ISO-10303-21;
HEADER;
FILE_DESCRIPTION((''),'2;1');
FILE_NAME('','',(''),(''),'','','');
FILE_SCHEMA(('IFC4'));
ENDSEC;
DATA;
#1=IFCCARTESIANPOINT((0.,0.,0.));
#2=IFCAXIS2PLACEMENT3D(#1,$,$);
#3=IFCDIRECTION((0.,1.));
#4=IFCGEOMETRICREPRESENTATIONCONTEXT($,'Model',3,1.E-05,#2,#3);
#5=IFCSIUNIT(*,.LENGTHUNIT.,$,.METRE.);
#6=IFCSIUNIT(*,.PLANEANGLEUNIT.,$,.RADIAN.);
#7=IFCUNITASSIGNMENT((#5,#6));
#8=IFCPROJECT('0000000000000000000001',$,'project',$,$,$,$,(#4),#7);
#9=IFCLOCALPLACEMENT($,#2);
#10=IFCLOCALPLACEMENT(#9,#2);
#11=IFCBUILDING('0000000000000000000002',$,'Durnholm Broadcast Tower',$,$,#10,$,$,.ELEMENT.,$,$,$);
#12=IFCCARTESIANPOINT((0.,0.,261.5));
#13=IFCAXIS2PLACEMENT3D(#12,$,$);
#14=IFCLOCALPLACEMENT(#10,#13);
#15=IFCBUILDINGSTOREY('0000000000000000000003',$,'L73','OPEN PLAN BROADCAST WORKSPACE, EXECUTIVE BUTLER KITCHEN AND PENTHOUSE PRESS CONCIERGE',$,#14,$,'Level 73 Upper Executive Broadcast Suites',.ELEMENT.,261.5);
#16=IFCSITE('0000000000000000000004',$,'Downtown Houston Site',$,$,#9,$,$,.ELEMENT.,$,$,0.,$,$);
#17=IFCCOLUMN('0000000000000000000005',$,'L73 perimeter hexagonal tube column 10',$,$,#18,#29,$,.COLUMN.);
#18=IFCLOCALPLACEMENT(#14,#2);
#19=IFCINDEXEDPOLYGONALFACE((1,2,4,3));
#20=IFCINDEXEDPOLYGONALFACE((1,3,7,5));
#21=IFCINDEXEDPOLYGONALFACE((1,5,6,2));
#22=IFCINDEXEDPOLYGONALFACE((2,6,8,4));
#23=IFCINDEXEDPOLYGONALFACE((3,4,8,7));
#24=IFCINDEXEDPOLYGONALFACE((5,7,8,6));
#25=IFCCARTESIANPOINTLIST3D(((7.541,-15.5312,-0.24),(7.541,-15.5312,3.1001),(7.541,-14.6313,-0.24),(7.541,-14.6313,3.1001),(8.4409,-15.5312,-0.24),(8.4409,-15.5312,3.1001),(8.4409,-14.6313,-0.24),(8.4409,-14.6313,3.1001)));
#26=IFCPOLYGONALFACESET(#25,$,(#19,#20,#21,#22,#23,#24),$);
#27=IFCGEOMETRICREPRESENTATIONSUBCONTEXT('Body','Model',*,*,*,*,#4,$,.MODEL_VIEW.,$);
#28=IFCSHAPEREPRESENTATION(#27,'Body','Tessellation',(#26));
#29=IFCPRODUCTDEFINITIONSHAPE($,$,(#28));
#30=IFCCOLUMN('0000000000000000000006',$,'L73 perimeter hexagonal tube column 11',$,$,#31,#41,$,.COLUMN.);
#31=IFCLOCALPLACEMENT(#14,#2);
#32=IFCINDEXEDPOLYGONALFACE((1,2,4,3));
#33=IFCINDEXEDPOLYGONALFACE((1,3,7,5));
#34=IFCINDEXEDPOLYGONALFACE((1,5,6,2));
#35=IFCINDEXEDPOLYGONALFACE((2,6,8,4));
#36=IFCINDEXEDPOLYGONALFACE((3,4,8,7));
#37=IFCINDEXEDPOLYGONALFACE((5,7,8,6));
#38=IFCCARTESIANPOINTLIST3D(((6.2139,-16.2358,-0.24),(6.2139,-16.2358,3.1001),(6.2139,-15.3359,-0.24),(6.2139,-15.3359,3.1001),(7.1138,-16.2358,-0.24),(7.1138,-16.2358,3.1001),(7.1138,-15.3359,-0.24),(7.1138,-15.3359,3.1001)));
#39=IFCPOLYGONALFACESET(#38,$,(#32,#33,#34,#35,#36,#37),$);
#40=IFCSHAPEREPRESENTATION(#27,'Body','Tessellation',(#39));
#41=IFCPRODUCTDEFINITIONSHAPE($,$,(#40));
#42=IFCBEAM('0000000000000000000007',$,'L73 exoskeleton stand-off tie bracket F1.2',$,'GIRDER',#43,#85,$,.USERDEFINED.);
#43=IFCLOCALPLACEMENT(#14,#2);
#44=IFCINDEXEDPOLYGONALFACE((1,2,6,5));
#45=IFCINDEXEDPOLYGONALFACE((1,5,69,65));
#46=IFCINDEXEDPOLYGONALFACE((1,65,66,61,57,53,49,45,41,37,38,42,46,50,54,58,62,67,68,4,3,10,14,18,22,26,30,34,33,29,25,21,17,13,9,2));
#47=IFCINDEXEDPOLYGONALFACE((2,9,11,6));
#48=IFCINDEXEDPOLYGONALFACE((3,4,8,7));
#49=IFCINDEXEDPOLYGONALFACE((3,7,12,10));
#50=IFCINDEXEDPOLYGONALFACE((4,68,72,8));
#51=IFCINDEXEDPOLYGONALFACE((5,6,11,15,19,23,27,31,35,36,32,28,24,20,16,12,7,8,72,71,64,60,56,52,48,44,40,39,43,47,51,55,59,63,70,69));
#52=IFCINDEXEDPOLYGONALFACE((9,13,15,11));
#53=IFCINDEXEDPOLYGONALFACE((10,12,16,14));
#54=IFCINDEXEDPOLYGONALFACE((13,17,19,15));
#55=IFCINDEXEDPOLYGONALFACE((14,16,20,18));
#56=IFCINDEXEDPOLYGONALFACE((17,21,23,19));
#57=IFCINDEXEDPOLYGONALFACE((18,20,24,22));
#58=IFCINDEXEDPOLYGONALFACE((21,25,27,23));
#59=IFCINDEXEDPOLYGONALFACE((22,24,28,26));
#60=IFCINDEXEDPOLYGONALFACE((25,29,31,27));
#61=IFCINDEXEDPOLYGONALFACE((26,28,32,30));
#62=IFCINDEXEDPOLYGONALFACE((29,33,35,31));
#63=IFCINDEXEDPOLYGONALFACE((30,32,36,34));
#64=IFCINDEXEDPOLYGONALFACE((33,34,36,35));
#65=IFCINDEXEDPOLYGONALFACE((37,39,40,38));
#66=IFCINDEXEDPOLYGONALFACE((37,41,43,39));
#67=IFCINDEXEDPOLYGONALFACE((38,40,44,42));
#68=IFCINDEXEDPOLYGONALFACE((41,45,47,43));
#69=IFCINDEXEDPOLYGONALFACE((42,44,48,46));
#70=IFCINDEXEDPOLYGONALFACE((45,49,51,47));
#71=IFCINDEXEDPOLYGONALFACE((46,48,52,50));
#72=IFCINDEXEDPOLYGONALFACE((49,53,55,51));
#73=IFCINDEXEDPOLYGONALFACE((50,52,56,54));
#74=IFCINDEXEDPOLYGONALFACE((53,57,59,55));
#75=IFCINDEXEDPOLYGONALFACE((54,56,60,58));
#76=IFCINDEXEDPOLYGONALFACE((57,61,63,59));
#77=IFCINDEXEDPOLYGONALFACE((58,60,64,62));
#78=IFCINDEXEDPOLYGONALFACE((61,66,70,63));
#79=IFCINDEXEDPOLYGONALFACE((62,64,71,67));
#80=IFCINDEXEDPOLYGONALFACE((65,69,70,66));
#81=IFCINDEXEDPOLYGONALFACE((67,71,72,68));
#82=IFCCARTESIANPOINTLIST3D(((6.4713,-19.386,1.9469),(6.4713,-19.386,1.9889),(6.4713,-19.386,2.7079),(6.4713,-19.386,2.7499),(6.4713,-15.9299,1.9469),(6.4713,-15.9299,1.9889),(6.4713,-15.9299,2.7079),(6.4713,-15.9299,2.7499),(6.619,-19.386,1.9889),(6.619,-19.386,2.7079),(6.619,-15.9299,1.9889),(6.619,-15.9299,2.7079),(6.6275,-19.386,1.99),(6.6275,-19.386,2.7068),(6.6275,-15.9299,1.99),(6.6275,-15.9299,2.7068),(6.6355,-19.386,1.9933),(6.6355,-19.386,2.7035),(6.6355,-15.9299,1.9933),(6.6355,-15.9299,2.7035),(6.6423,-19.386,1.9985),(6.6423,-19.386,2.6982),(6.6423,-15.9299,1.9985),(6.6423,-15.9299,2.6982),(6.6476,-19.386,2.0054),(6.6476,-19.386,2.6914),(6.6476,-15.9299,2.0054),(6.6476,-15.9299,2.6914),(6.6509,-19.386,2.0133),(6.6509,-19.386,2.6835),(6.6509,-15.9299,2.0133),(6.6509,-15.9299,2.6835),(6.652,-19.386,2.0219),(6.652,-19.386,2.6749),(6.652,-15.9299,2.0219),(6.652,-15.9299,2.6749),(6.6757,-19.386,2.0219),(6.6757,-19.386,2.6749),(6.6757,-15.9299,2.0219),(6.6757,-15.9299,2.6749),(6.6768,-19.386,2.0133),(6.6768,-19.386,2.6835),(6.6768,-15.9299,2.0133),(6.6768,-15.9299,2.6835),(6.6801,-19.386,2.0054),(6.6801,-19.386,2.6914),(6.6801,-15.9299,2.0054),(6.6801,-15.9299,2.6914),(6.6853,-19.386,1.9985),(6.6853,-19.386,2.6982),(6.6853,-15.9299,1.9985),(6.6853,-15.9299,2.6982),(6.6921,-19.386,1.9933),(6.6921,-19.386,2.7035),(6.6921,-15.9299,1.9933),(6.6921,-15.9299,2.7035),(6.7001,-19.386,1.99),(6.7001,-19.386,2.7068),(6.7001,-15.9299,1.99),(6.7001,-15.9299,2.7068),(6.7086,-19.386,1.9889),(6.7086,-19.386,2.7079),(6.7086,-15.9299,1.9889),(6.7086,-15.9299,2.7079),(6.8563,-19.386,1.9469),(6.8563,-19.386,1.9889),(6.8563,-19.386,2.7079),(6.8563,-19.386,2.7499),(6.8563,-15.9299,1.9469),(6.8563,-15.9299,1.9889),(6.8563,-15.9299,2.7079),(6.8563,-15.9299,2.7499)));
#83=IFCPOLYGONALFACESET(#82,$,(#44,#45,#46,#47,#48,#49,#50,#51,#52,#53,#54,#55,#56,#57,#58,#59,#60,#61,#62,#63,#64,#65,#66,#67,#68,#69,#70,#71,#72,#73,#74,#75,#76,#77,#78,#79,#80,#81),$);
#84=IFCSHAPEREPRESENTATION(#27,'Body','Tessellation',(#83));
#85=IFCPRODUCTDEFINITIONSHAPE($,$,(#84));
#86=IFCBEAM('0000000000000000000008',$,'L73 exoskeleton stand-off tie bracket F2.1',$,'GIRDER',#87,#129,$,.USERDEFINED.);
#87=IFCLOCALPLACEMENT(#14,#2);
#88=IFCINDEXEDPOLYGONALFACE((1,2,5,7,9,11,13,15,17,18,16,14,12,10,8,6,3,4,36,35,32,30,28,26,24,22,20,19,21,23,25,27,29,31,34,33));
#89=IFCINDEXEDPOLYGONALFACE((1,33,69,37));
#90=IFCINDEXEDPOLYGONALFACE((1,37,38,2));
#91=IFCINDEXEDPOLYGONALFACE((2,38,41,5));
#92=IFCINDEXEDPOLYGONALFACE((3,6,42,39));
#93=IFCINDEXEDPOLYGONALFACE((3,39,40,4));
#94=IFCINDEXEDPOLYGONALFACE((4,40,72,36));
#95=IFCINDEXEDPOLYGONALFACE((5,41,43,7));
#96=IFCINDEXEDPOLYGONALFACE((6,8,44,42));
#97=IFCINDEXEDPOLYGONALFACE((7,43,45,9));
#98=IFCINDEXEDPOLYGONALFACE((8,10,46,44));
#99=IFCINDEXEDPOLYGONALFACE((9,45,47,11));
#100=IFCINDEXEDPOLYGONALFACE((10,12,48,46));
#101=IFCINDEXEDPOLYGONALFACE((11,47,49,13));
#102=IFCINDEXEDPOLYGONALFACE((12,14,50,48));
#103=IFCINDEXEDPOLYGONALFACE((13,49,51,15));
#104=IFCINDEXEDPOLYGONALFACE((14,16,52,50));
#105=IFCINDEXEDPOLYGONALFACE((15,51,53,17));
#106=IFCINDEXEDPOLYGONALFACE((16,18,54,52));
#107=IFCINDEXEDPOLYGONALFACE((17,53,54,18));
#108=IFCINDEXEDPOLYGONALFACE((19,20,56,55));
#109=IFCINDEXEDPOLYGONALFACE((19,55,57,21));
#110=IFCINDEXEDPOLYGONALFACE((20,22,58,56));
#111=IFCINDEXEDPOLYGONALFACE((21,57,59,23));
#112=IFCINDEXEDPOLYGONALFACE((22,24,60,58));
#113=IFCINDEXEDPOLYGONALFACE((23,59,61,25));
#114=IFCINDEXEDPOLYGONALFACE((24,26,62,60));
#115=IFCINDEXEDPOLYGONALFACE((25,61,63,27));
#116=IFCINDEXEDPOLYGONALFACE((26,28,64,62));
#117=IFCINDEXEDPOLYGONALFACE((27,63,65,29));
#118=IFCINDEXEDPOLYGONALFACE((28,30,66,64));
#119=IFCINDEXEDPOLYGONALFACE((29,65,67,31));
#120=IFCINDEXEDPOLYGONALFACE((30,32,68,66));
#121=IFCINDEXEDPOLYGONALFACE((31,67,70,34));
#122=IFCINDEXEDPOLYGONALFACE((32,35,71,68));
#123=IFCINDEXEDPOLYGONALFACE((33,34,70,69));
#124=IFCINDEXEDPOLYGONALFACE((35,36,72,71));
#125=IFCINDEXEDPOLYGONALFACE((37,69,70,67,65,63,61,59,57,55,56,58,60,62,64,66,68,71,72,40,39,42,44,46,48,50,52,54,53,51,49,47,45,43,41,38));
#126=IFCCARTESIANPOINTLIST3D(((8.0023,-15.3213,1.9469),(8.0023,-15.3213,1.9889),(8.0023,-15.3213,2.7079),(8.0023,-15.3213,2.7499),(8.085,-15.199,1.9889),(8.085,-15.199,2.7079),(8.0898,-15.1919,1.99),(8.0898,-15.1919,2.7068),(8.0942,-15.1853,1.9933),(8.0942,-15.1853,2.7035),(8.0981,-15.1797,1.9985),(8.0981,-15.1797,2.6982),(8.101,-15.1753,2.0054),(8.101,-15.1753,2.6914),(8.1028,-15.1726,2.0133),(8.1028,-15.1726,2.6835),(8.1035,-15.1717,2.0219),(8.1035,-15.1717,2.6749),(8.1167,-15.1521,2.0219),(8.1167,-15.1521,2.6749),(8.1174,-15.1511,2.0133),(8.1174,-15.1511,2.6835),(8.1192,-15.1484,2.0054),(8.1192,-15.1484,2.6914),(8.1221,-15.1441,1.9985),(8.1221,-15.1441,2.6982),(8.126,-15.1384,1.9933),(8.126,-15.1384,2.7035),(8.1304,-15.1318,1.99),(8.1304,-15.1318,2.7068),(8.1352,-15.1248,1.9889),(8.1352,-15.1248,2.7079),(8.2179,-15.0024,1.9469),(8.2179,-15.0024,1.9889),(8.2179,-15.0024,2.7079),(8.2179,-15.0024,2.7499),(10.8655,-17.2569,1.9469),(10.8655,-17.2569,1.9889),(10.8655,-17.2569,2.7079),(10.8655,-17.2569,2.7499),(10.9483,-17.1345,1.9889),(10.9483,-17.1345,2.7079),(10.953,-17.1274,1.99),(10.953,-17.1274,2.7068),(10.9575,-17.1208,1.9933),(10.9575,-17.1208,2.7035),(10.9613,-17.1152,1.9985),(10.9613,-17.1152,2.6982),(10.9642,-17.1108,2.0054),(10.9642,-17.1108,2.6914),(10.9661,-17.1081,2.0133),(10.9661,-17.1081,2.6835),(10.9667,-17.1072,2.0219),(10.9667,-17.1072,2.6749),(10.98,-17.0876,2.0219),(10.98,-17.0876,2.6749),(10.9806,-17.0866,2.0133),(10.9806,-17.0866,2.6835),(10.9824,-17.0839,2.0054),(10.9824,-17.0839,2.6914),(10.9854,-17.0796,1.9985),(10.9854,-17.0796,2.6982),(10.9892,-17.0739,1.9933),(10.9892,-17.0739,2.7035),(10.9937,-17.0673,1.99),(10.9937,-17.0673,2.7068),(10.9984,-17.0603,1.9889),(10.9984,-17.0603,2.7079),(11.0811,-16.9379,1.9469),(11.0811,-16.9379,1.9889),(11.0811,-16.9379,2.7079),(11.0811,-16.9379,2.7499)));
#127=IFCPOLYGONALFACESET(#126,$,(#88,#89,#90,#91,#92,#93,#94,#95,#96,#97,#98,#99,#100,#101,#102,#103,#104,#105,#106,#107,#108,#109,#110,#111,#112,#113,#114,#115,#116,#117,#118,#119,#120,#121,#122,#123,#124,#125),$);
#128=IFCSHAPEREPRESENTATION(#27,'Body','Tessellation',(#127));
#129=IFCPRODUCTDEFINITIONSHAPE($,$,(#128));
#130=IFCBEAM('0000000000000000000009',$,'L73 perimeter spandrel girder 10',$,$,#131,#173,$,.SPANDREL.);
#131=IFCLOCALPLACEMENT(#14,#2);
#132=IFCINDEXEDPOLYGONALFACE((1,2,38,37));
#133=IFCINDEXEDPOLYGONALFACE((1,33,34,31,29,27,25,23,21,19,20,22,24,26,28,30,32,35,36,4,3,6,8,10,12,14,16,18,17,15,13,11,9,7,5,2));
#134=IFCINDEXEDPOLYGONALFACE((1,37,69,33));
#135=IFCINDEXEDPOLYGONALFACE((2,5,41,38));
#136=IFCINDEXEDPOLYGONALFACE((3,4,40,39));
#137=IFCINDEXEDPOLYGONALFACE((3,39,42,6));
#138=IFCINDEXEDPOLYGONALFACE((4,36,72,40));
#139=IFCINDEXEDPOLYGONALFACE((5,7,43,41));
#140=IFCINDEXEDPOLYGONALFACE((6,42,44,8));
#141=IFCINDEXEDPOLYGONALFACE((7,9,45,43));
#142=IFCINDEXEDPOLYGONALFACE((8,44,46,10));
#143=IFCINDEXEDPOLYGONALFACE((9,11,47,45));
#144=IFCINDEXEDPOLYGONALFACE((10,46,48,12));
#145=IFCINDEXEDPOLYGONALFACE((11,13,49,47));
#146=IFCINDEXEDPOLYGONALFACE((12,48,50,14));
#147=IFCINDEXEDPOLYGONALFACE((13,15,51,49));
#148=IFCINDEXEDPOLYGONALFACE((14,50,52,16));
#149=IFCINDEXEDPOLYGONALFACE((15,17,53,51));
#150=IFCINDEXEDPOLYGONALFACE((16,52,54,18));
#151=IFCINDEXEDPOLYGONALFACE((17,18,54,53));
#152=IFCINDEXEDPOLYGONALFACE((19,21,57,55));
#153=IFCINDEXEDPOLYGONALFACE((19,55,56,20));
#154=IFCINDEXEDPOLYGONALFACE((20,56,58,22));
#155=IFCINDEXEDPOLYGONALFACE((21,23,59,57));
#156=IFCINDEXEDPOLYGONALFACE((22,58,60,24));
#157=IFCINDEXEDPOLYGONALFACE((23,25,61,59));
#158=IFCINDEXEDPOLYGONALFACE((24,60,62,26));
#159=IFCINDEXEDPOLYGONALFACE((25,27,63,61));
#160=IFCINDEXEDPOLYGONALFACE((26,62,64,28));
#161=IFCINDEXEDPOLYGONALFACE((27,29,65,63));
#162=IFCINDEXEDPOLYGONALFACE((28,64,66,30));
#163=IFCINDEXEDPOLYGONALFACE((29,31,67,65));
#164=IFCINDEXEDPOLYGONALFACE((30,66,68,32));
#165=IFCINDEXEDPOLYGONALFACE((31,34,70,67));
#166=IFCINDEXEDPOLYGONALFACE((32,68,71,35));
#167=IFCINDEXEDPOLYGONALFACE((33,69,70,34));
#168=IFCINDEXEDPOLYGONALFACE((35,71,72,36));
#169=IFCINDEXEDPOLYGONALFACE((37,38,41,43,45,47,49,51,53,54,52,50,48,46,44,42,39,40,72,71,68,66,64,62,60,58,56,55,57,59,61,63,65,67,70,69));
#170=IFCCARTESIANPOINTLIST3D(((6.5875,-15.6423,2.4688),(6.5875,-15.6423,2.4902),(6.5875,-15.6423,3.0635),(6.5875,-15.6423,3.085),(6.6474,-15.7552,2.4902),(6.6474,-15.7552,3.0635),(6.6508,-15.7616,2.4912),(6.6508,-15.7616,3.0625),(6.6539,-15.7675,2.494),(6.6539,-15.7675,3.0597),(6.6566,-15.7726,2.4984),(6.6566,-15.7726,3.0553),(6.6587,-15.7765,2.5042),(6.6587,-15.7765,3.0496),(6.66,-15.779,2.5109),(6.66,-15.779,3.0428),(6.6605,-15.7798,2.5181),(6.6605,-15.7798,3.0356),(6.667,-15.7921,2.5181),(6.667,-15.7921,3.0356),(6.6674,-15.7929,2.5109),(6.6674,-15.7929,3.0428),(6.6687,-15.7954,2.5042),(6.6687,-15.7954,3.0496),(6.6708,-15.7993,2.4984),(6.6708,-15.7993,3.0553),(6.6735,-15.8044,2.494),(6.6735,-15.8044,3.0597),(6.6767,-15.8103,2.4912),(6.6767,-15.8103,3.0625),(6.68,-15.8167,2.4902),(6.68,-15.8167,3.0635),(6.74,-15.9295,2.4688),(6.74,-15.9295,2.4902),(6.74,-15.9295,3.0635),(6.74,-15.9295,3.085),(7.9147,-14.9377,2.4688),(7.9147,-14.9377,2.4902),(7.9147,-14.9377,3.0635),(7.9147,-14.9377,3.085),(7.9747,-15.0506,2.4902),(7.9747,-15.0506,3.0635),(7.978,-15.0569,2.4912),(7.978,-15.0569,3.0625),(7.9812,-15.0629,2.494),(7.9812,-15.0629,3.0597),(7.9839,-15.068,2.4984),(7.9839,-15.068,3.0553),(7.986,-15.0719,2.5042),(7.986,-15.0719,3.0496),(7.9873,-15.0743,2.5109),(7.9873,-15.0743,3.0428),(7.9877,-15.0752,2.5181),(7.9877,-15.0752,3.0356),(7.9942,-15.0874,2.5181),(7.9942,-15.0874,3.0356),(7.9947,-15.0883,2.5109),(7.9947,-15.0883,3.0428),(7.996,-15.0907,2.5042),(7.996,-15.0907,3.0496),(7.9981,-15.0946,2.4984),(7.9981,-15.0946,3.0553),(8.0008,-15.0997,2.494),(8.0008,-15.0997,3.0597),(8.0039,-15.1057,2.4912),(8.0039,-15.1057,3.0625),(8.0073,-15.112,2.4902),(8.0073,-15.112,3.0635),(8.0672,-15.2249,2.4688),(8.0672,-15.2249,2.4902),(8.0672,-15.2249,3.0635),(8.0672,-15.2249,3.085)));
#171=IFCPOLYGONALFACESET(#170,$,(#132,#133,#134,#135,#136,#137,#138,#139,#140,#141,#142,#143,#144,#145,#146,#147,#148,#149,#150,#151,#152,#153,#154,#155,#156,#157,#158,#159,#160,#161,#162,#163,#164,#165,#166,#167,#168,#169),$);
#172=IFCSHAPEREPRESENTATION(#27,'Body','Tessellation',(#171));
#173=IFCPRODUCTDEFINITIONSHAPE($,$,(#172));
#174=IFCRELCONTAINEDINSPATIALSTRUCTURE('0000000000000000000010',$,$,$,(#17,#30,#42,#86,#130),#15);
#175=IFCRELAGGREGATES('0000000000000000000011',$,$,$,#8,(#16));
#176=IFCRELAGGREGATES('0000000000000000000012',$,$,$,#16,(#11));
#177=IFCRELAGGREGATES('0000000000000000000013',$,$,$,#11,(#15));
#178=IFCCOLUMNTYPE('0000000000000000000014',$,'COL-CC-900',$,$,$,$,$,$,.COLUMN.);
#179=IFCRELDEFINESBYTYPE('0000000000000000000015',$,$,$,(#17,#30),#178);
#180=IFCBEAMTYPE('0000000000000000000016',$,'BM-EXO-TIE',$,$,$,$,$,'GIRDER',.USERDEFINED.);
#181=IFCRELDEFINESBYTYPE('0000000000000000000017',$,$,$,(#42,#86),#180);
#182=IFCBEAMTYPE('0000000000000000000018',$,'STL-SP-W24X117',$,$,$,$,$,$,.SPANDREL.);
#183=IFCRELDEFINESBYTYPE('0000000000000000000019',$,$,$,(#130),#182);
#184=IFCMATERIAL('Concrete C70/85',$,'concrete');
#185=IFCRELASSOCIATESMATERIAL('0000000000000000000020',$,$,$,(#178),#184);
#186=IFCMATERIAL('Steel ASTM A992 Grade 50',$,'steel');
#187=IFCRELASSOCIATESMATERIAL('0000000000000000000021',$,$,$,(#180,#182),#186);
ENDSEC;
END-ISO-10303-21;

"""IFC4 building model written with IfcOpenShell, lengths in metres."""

from ifc_helpers import new_model, si_unit, direction, frame, origin, origin_2d, place, context, subcontext, project, spatial, rectangle, i_section, extrude, source, transform, mapped, material, material_profile, profile_set, type_object, type_shapes, element, save


model = new_model("IFC4")

# Units and contexts
model_context = context("Model", 3, precision=1e-05, world=origin(), true_north=direction((0.0, 1.0)))
body_context = subcontext(model_context, "Body", "Model", "MODEL_VIEW")
ifc_project = project(units=[si_unit("LENGTHUNIT", "METRE"), si_unit("PLANEANGLEUNIT", "RADIAN")], contexts=[model_context])

# Site, building, storey
site_placement = place(None, origin())
site = spatial("IfcSite", under=ifc_project, at=site_placement, Name="Downtown Houston Site", CompositionType="ELEMENT", RefElevation=0.0)
building_placement = place(site_placement, origin())
building = spatial("IfcBuilding", under=site, at=building_placement, Name="Durnholm Broadcast Tower", CompositionType="ELEMENT")
storey_placement = place(building_placement, frame((0.0, 0.0, 261.5)))
storey = spatial("IfcBuildingStorey", under=building, at=storey_placement, Name="L73", Description="OPEN PLAN BROADCAST WORKSPACE, EXECUTIVE BUTLER KITCHEN AND PENTHOUSE PRESS CONCIERGE", LongName="Level 73 Upper Executive Broadcast Suites", CompositionType="ELEMENT", Elevation=261.5)

# Columns
ifc_material_1 = material(Name="Concrete C70/85", Category="concrete")
ifc_material_profile_1 = material_profile(ifc_material_1, rectangle(XDim=0.8999, YDim=0.8999, at=origin_2d()), Name="RC900X900")
ifc_profile_set_1 = profile_set([ifc_material_profile_1], Name="Concrete C70/85")
column_type = type_object("IfcColumnType", Name="COL-CC-900", PredefinedType="COLUMN", material=ifc_profile_set_1)
shared_shape_1 = source(origin(), body_context, "Body", "SweptSolid", [
    extrude(rectangle(XDim=0.8999, YDim=0.8999, at=origin_2d()), origin(), (0.0, 0.0, 1.0), 3.3401),
])
type_shapes(column_type, [shared_shape_1])
for number, where, z_axis, x_axis, name in (
    (1, (7.991, -15.0813, -0.24), (0.0, 0.0, 1.0), (1.0, 0.0, 0.0), "L73 perimeter hexagonal tube column 10"),
    (2, (6.6638, -15.7859, -0.24), (0.0, 0.0, 1.0), (1.0, 0.0, 0.0), "L73 perimeter hexagonal tube column 11"),
):
    element("IfcColumn", number, at=place(storey_placement, frame(where, z_axis=z_axis, x_axis=x_axis)), inside=storey, type_object=column_type, Name=name, PredefinedType="COLUMN", context=body_context, shape_type="MappedRepresentation", body=[
        mapped(shared_shape_1, transform((0.0, 0.0, 0.0), x_axis=(1.0, 0.0, 0.0), y_axis=(0.0, 1.0, 0.0), z_axis=(0.0, 0.0, 1.0), scale=1.0)),
    ])

# Beams
ifc_material_2 = material(Name="Steel ASTM A992 Grade 50", Category="steel")
ifc_material_profile_2 = material_profile(ifc_material_2, i_section(OverallWidth=0.385, OverallDepth=0.803, WebThickness=0.0237, FlangeThickness=0.042, FilletRadius=0.033, at=origin_2d()), Name="W30X261")
ifc_profile_set_2 = profile_set([ifc_material_profile_2], Name="Steel ASTM A992 Grade 50")
beam_type_1 = type_object("IfcBeamType", Name="BM-EXO-TIE", ElementType="GIRDER", PredefinedType="USERDEFINED", material=ifc_profile_set_2)
shared_shape_2 = source(origin(), body_context, "Body", "SweptSolid", [
    extrude(i_section(OverallWidth=0.385, OverallDepth=0.803, WebThickness=0.0237, FlangeThickness=0.042, FilletRadius=0.033, at=origin_2d()), origin(), (0.0, 0.0, 1.0), 3.4561),
])
for number, where, z_axis, x_axis, name in (
    (3, (6.6638, -15.9299, 2.3484), (0.0, -1.0, 0.0), (1.0, 0.0, 0.0), "L73 exoskeleton stand-off tie bracket F1.2"),
    (4, (8.1101, -15.1619, 2.3484), (0.828468, -0.560036, 0.0), (0.560036, 0.828468, 0.0), "L73 exoskeleton stand-off tie bracket F2.1"),
):
    element("IfcBeam", number, at=place(storey_placement, frame(where, z_axis=z_axis, x_axis=x_axis)), inside=storey, type_object=beam_type_1, Name=name, ObjectType="GIRDER", PredefinedType="USERDEFINED", context=body_context, shape_type="MappedRepresentation", body=[
        mapped(shared_shape_2, transform((0.0, 0.0, 0.0), x_axis=(1.0, 0.0, 0.0), y_axis=(0.0, 1.0, 0.0), z_axis=(0.0, 0.0, 1.0), scale=1.0)),
    ])
ifc_material_profile_3 = material_profile(ifc_material_2, i_section(OverallWidth=0.3252, OverallDepth=0.6162, WebThickness=0.0139, FlangeThickness=0.0215, FilletRadius=0.0278, at=origin_2d()), Name="W24X117")
ifc_profile_set_3 = profile_set([ifc_material_profile_3], Name="Steel ASTM A992 Grade 50")
beam_type_2 = type_object("IfcBeamType", Name="STL-SP-W24X117", PredefinedType="SPANDREL", material=ifc_profile_set_3)
shared_shape_3 = source(origin(), body_context, "Body", "SweptSolid", [
    extrude(i_section(OverallWidth=0.3252, OverallDepth=0.6162, WebThickness=0.0139, FlangeThickness=0.0215, FilletRadius=0.0278, at=origin_2d()), origin(), (0.0, 0.0, 1.0), 1.5027),
])
beam_1_placement = place(storey_placement, frame((7.991, -15.0813, 2.7769), z_axis=(-0.883242, -0.468918, 0.0), x_axis=(0.468918, -0.883242, 0.0)))
element("IfcBeam", 5, at=beam_1_placement, inside=storey, type_object=beam_type_2, Name="L73 perimeter spandrel girder 10", PredefinedType="SPANDREL", context=body_context, shape_type="MappedRepresentation", body=[
    mapped(shared_shape_3, transform((0.0, 0.0, 0.0), x_axis=(1.0, 0.0, 0.0), y_axis=(0.0, 1.0, 0.0), z_axis=(0.0, 0.0, 1.0), scale=1.0)),
])

save(model, "model.ifc")
